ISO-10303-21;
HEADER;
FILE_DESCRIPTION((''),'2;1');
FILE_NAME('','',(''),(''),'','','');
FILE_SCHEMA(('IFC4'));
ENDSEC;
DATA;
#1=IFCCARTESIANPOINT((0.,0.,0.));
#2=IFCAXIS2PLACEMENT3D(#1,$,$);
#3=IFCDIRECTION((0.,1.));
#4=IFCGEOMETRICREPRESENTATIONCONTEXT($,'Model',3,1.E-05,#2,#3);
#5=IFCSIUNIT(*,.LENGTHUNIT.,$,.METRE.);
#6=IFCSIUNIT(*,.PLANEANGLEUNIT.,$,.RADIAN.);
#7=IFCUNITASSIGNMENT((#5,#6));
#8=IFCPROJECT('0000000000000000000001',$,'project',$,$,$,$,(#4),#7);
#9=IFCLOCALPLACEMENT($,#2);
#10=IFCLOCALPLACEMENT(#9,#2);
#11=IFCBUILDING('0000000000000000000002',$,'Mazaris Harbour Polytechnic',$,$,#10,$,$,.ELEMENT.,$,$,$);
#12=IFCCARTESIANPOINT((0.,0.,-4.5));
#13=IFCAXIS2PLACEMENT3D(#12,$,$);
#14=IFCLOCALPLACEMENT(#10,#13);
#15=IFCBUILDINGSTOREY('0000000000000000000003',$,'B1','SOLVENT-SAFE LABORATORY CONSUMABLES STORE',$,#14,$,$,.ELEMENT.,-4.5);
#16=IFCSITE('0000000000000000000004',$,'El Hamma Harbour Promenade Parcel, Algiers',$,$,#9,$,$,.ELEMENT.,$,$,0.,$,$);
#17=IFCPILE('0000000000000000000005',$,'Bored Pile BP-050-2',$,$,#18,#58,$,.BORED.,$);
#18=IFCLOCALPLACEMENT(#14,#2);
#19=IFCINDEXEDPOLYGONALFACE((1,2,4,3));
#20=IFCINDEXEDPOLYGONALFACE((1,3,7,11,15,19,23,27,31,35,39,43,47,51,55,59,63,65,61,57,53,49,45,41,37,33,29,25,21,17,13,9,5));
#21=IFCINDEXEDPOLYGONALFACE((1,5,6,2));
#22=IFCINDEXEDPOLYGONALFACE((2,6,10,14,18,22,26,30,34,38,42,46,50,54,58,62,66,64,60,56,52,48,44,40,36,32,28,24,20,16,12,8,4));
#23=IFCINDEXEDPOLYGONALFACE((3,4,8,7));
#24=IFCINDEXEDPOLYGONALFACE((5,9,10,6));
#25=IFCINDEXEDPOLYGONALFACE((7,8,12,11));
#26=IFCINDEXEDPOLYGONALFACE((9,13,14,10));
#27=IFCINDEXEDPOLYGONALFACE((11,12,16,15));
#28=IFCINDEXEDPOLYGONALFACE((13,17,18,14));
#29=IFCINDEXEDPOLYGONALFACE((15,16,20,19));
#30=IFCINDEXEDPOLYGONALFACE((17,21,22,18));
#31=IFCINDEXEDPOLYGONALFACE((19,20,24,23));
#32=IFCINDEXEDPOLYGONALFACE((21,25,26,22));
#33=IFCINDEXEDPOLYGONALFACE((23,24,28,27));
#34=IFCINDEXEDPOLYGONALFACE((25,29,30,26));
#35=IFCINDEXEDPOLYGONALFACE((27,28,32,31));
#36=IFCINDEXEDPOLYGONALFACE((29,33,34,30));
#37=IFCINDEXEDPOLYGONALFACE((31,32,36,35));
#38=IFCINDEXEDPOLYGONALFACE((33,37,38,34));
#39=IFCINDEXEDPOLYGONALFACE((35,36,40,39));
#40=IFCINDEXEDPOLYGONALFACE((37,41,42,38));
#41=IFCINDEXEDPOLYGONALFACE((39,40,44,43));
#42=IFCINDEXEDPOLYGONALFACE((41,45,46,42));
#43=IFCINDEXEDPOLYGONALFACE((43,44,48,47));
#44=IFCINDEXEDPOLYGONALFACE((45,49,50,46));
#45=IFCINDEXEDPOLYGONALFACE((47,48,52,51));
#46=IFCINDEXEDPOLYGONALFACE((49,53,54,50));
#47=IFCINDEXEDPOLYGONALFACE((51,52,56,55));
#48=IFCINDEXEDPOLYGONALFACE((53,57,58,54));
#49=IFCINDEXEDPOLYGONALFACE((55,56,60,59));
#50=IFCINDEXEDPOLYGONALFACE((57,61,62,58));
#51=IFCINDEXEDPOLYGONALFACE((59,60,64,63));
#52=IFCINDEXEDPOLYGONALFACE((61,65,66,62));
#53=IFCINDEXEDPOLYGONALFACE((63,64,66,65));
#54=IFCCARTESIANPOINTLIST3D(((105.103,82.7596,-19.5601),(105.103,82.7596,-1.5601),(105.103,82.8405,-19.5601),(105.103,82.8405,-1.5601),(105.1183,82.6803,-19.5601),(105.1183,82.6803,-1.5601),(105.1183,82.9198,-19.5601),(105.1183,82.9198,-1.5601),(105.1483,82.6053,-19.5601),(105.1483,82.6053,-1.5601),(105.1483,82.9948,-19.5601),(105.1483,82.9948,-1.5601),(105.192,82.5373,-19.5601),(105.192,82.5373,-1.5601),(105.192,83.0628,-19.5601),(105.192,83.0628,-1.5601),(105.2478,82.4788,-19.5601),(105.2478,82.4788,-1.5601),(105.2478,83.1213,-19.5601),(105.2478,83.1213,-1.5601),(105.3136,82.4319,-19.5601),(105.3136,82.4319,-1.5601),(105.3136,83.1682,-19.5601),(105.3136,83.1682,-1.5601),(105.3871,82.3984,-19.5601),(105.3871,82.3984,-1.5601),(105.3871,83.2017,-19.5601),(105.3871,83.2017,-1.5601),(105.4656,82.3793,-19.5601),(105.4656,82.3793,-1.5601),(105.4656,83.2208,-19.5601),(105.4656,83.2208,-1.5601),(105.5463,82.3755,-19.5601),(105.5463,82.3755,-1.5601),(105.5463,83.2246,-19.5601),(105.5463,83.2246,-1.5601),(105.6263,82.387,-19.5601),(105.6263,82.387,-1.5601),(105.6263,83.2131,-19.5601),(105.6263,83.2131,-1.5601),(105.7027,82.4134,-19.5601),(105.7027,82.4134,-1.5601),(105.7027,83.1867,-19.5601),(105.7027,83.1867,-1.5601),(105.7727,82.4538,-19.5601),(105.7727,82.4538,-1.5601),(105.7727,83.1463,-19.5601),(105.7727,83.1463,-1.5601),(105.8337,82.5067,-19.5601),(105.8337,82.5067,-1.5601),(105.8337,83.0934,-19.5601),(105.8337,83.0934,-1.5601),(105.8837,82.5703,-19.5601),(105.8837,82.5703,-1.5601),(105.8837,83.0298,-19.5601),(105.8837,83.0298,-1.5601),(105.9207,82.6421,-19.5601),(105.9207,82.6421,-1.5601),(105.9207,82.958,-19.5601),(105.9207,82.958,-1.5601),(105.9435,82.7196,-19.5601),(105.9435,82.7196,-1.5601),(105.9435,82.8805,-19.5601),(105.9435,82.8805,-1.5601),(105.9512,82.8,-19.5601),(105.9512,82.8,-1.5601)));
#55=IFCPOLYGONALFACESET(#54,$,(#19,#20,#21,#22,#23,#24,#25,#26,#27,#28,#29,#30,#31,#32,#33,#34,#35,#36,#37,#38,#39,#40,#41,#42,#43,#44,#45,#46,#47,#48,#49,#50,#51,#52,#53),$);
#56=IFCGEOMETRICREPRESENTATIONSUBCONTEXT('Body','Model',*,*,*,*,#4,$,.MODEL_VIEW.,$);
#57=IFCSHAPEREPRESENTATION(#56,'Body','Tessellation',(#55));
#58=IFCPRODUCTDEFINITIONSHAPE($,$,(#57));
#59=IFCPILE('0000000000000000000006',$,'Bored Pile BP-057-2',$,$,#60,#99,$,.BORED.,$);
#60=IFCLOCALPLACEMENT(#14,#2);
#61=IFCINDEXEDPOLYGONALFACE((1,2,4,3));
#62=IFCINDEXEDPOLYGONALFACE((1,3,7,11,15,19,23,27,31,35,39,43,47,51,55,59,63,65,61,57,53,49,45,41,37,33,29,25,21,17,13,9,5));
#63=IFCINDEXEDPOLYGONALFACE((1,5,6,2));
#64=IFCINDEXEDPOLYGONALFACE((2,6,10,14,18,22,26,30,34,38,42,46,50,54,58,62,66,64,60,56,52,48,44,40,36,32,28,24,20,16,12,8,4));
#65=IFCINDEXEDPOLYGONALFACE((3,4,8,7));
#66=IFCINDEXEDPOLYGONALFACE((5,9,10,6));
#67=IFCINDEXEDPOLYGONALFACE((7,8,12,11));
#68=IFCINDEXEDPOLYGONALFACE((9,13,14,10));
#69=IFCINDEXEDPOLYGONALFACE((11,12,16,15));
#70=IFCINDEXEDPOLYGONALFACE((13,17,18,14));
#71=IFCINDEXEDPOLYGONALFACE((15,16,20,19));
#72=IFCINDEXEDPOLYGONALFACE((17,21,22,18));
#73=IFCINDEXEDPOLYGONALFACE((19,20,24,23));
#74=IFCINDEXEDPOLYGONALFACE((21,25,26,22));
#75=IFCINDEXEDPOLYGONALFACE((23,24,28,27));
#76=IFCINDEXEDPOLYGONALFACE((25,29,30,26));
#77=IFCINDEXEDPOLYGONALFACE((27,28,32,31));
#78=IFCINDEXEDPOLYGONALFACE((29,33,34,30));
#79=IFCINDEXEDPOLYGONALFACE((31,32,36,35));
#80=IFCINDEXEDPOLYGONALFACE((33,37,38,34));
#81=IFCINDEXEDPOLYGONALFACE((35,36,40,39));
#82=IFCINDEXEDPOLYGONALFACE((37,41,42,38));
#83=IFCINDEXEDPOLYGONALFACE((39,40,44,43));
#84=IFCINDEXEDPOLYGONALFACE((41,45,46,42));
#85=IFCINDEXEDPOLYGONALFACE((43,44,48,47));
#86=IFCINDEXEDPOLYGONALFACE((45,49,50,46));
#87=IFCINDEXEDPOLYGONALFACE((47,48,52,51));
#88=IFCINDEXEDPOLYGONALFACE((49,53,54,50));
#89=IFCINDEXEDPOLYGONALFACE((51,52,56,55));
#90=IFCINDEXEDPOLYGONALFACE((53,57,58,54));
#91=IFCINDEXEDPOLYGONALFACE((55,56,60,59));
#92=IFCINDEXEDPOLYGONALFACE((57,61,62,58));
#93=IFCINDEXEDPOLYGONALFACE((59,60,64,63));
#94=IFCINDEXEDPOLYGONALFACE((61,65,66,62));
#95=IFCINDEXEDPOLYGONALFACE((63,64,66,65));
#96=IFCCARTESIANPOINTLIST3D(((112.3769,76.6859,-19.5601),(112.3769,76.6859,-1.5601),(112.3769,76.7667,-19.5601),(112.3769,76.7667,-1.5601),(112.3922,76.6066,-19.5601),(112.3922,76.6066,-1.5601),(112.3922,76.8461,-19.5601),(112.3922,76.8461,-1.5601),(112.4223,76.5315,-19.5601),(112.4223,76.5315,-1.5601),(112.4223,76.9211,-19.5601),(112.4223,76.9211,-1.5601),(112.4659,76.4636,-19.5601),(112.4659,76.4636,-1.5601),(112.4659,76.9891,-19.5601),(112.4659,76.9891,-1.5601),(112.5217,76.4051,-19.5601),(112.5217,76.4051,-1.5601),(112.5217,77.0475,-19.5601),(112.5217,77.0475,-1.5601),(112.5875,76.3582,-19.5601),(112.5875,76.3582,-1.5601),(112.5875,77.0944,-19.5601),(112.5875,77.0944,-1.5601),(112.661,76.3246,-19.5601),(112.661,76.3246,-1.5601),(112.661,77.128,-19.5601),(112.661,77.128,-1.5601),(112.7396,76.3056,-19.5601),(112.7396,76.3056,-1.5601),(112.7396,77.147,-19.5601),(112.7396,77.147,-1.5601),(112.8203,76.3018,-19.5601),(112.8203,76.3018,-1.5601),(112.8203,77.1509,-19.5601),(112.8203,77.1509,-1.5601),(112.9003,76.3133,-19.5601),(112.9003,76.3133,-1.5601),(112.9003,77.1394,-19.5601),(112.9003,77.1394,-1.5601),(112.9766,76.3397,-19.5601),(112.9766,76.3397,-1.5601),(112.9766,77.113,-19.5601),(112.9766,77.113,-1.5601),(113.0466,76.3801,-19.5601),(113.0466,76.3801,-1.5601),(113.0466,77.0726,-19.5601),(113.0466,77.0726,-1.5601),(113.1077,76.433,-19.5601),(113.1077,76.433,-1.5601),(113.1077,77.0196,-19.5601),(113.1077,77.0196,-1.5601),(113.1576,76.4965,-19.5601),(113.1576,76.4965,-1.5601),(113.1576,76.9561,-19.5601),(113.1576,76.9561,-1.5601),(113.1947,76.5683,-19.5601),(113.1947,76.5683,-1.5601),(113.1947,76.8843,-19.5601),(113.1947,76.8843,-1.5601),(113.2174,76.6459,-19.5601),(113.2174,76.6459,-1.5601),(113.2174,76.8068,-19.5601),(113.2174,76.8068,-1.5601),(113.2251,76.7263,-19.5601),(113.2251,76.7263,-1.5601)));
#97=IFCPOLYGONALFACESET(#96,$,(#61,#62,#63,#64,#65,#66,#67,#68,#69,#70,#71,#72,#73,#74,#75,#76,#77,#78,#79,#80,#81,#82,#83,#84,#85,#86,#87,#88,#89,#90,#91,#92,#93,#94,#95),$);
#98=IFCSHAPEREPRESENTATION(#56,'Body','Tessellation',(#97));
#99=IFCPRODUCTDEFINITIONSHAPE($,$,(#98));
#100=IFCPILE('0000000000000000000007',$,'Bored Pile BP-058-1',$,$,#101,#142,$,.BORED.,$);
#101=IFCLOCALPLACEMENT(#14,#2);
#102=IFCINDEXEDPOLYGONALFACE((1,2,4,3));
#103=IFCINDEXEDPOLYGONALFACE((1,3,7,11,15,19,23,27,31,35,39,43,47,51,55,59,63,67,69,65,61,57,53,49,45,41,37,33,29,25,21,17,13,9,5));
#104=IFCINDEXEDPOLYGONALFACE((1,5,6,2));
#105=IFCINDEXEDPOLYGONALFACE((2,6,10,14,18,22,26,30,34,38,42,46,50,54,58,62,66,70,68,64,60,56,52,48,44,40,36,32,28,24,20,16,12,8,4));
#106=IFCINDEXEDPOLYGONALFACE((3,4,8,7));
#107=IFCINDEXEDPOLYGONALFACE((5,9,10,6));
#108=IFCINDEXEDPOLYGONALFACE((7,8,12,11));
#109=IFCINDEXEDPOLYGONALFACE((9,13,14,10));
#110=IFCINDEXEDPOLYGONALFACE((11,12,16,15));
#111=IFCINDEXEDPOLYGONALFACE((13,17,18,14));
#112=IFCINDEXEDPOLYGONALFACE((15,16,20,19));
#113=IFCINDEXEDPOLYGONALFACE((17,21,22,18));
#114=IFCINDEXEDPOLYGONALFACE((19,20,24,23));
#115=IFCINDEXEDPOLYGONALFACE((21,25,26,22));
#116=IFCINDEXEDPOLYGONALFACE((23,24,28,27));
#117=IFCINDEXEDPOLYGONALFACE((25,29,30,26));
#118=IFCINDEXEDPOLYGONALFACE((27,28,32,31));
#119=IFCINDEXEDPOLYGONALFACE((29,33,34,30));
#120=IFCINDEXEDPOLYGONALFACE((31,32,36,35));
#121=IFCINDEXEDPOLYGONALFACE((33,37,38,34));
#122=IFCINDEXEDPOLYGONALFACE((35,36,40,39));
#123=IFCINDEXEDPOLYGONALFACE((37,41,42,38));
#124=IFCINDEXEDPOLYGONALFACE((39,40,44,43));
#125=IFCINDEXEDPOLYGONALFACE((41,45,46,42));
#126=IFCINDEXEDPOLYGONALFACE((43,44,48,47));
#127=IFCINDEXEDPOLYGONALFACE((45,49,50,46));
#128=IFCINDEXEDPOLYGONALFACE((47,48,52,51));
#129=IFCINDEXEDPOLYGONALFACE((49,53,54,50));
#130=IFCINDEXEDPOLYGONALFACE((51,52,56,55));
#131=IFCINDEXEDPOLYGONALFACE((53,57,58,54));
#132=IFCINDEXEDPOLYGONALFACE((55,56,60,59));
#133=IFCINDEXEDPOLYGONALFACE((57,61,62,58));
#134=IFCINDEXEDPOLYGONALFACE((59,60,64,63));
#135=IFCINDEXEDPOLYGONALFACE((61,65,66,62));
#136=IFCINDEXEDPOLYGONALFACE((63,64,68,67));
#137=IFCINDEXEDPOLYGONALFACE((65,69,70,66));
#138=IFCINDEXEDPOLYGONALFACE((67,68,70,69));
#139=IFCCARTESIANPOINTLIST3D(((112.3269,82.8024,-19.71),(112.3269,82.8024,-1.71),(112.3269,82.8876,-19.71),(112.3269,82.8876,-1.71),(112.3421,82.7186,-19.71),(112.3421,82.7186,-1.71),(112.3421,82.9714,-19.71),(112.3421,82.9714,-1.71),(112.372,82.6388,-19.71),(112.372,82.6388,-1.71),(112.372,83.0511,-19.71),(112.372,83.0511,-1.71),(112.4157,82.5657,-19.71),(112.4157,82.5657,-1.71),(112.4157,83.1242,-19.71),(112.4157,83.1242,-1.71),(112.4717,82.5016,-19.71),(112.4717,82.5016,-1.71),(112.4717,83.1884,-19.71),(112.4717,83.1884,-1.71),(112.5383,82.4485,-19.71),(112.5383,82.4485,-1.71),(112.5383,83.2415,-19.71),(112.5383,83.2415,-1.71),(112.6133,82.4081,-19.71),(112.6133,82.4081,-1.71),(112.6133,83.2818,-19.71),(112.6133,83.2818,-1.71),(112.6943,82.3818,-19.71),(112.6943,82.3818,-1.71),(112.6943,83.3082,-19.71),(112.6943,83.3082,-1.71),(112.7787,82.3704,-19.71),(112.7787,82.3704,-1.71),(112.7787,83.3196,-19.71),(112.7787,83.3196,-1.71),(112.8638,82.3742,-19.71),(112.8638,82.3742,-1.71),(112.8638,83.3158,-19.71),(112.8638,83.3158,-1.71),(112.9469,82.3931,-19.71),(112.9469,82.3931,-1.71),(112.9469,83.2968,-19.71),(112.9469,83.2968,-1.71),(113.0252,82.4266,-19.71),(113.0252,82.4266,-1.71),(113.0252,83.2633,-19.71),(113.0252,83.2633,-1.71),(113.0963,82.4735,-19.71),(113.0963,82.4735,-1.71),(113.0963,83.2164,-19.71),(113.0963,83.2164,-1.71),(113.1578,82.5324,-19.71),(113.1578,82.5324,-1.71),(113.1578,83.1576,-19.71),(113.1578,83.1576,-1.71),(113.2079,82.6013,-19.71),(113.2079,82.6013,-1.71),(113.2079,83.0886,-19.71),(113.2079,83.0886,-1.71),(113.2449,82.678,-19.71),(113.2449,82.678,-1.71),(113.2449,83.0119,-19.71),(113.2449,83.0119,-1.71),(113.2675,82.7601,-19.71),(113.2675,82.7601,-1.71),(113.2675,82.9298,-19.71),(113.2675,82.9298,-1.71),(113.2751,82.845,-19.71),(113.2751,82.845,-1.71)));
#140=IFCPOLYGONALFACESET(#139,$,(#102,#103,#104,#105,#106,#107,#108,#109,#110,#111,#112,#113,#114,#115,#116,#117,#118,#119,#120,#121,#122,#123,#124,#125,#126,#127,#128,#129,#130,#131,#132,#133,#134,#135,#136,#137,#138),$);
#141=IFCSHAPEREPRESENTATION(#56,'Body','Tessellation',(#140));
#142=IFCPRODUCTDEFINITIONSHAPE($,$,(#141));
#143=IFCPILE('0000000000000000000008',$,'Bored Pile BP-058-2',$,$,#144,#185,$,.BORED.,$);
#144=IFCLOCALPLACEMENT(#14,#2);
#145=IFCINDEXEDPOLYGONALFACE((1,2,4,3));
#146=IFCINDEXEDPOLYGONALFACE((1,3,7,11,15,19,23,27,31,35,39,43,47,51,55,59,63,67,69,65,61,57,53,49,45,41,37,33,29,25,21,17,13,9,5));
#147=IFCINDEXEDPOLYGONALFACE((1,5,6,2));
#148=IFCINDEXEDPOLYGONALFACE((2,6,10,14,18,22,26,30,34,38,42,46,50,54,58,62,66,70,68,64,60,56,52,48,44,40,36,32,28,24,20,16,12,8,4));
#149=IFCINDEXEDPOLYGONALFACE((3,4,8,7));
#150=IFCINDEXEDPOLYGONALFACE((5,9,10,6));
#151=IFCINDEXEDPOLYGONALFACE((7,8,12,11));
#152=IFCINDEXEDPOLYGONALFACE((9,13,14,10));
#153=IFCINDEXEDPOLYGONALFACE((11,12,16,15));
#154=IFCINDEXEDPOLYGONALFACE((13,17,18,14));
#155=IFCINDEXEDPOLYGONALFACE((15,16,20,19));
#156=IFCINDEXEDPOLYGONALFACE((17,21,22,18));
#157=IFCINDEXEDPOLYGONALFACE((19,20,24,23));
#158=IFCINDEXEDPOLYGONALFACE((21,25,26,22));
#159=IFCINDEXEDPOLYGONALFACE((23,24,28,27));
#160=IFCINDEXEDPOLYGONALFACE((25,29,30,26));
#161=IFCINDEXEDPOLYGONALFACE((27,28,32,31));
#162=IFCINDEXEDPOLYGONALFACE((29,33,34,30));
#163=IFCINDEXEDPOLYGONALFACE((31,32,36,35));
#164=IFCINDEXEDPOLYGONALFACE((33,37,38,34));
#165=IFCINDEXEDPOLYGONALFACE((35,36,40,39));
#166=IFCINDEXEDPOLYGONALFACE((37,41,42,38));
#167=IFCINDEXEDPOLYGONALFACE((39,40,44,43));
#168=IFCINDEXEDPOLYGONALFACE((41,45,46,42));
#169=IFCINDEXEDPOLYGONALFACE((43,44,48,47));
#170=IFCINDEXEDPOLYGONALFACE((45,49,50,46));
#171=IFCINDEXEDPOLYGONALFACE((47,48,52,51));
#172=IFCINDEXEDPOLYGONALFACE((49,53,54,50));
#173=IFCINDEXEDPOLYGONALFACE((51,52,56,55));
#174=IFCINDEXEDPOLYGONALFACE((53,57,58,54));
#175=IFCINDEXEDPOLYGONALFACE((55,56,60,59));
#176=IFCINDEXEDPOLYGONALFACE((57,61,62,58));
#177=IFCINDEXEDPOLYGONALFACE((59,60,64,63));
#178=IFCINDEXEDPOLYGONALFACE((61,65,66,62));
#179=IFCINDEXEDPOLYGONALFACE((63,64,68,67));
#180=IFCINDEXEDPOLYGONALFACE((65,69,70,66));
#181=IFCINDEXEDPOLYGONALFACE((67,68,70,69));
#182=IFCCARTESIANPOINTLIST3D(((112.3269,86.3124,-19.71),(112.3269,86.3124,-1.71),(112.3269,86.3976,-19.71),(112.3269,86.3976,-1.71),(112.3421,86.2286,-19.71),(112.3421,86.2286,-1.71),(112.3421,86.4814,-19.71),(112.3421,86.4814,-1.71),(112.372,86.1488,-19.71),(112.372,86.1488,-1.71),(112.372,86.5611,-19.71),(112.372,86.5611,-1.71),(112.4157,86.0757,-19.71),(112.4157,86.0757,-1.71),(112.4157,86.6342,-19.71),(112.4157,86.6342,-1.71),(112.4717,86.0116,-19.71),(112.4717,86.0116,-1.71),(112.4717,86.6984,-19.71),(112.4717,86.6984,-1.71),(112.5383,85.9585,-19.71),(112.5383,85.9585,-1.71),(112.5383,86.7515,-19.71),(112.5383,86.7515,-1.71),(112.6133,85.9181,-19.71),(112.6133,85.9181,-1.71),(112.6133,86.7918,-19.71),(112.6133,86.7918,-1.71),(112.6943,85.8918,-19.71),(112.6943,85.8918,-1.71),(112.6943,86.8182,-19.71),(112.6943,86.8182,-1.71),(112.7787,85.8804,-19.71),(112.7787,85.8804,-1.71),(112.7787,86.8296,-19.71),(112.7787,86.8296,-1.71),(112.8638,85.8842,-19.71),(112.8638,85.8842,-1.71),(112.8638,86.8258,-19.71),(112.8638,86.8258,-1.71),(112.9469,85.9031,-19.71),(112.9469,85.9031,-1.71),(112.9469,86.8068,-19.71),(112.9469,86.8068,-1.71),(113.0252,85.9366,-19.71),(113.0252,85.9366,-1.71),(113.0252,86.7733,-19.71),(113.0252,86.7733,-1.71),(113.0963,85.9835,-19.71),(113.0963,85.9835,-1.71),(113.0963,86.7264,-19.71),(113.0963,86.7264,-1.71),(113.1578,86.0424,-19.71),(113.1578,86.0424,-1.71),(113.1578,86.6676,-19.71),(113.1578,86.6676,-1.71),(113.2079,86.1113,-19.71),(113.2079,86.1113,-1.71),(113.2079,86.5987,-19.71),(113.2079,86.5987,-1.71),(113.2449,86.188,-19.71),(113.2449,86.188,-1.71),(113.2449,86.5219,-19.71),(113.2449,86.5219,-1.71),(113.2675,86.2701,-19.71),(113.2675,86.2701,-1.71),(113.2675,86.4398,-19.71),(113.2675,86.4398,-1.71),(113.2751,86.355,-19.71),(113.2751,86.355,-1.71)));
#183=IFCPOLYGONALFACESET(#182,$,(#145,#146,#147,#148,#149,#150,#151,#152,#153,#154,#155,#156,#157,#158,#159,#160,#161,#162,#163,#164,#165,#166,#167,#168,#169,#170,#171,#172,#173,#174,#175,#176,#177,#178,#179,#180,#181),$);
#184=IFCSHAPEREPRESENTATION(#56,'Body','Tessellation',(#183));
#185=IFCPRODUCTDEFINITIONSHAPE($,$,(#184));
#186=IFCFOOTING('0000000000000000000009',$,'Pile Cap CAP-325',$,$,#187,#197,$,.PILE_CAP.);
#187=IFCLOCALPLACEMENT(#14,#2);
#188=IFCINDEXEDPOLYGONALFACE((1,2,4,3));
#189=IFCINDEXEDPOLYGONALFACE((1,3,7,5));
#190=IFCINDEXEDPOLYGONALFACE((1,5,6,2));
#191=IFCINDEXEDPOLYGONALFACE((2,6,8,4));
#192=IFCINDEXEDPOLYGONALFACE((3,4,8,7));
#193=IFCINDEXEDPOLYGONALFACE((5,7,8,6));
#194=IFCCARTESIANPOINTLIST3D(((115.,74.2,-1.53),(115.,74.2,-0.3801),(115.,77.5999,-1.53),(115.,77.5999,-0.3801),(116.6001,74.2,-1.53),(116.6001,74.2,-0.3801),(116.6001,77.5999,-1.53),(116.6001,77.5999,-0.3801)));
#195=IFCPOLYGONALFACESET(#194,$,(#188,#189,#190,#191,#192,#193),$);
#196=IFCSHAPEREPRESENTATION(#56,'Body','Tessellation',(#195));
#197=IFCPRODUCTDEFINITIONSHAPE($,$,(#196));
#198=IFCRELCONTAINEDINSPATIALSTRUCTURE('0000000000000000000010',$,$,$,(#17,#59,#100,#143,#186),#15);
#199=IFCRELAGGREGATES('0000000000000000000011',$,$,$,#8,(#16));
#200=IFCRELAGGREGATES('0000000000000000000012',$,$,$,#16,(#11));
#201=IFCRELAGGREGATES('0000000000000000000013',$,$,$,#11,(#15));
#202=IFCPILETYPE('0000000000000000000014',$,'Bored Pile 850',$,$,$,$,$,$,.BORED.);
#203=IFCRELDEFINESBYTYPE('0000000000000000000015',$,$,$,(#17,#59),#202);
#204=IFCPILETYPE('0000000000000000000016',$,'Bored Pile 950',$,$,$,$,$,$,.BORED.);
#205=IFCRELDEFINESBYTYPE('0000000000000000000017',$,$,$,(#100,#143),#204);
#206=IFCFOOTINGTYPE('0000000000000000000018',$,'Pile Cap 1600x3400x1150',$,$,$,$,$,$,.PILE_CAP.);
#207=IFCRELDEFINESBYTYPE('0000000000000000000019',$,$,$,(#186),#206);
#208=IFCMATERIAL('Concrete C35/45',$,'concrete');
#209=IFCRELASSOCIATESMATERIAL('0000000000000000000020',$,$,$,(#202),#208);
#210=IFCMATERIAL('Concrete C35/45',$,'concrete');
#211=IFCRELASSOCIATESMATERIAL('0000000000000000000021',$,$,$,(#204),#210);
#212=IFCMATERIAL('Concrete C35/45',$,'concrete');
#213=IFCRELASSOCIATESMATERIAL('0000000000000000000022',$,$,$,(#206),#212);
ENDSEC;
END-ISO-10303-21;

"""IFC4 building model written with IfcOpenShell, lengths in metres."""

from ifc_helpers import new_model, si_unit, direction, frame, origin, origin_2d, place, context, subcontext, project, spatial, rectangle, circle, extrude, material, material_profile, profile_set, type_object, element, save


model = new_model("IFC4")

# Units and contexts
model_context = context("Model", 3, precision=1e-05, world=origin(), true_north=direction((0.0, 1.0)))
body_context = subcontext(model_context, "Body", "Model", "MODEL_VIEW")
ifc_project = project(units=[si_unit("LENGTHUNIT", "METRE"), si_unit("PLANEANGLEUNIT", "RADIAN")], contexts=[model_context])

# Site, building, storey
site_placement = place(None, origin())
site = spatial("IfcSite", under=ifc_project, at=site_placement, Name="El Hamma Harbour Promenade Parcel, Algiers", CompositionType="ELEMENT", RefElevation=0.0)
building_placement = place(site_placement, origin())
building = spatial("IfcBuilding", under=site, at=building_placement, Name="Mazaris Harbour Polytechnic", CompositionType="ELEMENT")
storey_placement = place(building_placement, frame((0.0, 0.0, -4.5)))
storey = spatial("IfcBuildingStorey", under=building, at=storey_placement, Name="B1", Description="SOLVENT-SAFE LABORATORY CONSUMABLES STORE", CompositionType="ELEMENT", Elevation=-4.5)

# Piles
ifc_material_1 = material(Name="Concrete C35/45", Category="concrete")
ifc_material_profile_1 = material_profile(ifc_material_1, circle(Radius=0.425, at=origin_2d()), Name="DIA850")
ifc_profile_set_1 = profile_set([ifc_material_profile_1], Name="Concrete C35/45")
pile_type_1 = type_object("IfcPileType", Name="Bored Pile 850", PredefinedType="BORED", material=ifc_profile_set_1)
for number, where, z_axis, x_axis, name in (
    (1, (105.5261, 82.8, -1.5601), (0.0, 0.0, -1.0), (1.0, 0.0, 0.0), "Bored Pile BP-050-2"),
    (2, (112.8, 76.7263, -1.5601), (0.0, 0.0, -1.0), (1.0, 0.0, 0.0), "Bored Pile BP-057-2"),
):
    element("IfcPile", number, at=place(storey_placement, frame(where, z_axis=z_axis, x_axis=x_axis)), inside=storey, type_object=pile_type_1, Name=name, PredefinedType="BORED", context=body_context, shape_type="SweptSolid", body=[
        extrude(circle(Radius=0.425, at=origin_2d()), origin(), (0.0, 0.0, 1.0), 18.0),
    ])
ifc_material_2 = material(Name="Concrete C35/45", Category="concrete")
ifc_material_profile_2 = material_profile(ifc_material_2, circle(Radius=0.4751, at=origin_2d()), Name="DIA950")
ifc_profile_set_2 = profile_set([ifc_material_profile_2], Name="Concrete C35/45")
pile_type_2 = type_object("IfcPileType", Name="Bored Pile 950", PredefinedType="BORED", material=ifc_profile_set_2)
for number, where, z_axis, x_axis, name in (
    (3, (112.8, 82.845, -1.71), (0.0, 0.0, -1.0), (1.0, 0.0, 0.0), "Bored Pile BP-058-1"),
    (4, (112.8, 86.355, -1.71), (0.0, 0.0, -1.0), (1.0, 0.0, 0.0), "Bored Pile BP-058-2"),
):
    element("IfcPile", number, at=place(storey_placement, frame(where, z_axis=z_axis, x_axis=x_axis)), inside=storey, type_object=pile_type_2, Name=name, PredefinedType="BORED", context=body_context, shape_type="SweptSolid", body=[
        extrude(circle(Radius=0.4751, at=origin_2d()), origin(), (0.0, 0.0, 1.0), 18.0),
    ])

# Footing
ifc_material_3 = material(Name="Concrete C35/45", Category="concrete")
footing_type_1 = type_object("IfcFootingType", Name="Pile Cap 1600x3400x1150", PredefinedType="PILE_CAP", material=ifc_material_3)
footing_1_placement = place(storey_placement, frame((115.8, 75.8999, -1.53), z_axis=(0.0, 0.0, 1.0), x_axis=(1.0, 0.0, 0.0)))
element("IfcFooting", 5, at=footing_1_placement, inside=storey, type_object=footing_type_1, Name="Pile Cap CAP-325", PredefinedType="PILE_CAP", context=body_context, shape_type="SweptSolid", body=[
    extrude(rectangle(XDim=1.6001, YDim=3.3999, at=origin_2d()), origin(), (0.0, 0.0, 1.0), 1.1499),
])

save(model, "model.ifc")
